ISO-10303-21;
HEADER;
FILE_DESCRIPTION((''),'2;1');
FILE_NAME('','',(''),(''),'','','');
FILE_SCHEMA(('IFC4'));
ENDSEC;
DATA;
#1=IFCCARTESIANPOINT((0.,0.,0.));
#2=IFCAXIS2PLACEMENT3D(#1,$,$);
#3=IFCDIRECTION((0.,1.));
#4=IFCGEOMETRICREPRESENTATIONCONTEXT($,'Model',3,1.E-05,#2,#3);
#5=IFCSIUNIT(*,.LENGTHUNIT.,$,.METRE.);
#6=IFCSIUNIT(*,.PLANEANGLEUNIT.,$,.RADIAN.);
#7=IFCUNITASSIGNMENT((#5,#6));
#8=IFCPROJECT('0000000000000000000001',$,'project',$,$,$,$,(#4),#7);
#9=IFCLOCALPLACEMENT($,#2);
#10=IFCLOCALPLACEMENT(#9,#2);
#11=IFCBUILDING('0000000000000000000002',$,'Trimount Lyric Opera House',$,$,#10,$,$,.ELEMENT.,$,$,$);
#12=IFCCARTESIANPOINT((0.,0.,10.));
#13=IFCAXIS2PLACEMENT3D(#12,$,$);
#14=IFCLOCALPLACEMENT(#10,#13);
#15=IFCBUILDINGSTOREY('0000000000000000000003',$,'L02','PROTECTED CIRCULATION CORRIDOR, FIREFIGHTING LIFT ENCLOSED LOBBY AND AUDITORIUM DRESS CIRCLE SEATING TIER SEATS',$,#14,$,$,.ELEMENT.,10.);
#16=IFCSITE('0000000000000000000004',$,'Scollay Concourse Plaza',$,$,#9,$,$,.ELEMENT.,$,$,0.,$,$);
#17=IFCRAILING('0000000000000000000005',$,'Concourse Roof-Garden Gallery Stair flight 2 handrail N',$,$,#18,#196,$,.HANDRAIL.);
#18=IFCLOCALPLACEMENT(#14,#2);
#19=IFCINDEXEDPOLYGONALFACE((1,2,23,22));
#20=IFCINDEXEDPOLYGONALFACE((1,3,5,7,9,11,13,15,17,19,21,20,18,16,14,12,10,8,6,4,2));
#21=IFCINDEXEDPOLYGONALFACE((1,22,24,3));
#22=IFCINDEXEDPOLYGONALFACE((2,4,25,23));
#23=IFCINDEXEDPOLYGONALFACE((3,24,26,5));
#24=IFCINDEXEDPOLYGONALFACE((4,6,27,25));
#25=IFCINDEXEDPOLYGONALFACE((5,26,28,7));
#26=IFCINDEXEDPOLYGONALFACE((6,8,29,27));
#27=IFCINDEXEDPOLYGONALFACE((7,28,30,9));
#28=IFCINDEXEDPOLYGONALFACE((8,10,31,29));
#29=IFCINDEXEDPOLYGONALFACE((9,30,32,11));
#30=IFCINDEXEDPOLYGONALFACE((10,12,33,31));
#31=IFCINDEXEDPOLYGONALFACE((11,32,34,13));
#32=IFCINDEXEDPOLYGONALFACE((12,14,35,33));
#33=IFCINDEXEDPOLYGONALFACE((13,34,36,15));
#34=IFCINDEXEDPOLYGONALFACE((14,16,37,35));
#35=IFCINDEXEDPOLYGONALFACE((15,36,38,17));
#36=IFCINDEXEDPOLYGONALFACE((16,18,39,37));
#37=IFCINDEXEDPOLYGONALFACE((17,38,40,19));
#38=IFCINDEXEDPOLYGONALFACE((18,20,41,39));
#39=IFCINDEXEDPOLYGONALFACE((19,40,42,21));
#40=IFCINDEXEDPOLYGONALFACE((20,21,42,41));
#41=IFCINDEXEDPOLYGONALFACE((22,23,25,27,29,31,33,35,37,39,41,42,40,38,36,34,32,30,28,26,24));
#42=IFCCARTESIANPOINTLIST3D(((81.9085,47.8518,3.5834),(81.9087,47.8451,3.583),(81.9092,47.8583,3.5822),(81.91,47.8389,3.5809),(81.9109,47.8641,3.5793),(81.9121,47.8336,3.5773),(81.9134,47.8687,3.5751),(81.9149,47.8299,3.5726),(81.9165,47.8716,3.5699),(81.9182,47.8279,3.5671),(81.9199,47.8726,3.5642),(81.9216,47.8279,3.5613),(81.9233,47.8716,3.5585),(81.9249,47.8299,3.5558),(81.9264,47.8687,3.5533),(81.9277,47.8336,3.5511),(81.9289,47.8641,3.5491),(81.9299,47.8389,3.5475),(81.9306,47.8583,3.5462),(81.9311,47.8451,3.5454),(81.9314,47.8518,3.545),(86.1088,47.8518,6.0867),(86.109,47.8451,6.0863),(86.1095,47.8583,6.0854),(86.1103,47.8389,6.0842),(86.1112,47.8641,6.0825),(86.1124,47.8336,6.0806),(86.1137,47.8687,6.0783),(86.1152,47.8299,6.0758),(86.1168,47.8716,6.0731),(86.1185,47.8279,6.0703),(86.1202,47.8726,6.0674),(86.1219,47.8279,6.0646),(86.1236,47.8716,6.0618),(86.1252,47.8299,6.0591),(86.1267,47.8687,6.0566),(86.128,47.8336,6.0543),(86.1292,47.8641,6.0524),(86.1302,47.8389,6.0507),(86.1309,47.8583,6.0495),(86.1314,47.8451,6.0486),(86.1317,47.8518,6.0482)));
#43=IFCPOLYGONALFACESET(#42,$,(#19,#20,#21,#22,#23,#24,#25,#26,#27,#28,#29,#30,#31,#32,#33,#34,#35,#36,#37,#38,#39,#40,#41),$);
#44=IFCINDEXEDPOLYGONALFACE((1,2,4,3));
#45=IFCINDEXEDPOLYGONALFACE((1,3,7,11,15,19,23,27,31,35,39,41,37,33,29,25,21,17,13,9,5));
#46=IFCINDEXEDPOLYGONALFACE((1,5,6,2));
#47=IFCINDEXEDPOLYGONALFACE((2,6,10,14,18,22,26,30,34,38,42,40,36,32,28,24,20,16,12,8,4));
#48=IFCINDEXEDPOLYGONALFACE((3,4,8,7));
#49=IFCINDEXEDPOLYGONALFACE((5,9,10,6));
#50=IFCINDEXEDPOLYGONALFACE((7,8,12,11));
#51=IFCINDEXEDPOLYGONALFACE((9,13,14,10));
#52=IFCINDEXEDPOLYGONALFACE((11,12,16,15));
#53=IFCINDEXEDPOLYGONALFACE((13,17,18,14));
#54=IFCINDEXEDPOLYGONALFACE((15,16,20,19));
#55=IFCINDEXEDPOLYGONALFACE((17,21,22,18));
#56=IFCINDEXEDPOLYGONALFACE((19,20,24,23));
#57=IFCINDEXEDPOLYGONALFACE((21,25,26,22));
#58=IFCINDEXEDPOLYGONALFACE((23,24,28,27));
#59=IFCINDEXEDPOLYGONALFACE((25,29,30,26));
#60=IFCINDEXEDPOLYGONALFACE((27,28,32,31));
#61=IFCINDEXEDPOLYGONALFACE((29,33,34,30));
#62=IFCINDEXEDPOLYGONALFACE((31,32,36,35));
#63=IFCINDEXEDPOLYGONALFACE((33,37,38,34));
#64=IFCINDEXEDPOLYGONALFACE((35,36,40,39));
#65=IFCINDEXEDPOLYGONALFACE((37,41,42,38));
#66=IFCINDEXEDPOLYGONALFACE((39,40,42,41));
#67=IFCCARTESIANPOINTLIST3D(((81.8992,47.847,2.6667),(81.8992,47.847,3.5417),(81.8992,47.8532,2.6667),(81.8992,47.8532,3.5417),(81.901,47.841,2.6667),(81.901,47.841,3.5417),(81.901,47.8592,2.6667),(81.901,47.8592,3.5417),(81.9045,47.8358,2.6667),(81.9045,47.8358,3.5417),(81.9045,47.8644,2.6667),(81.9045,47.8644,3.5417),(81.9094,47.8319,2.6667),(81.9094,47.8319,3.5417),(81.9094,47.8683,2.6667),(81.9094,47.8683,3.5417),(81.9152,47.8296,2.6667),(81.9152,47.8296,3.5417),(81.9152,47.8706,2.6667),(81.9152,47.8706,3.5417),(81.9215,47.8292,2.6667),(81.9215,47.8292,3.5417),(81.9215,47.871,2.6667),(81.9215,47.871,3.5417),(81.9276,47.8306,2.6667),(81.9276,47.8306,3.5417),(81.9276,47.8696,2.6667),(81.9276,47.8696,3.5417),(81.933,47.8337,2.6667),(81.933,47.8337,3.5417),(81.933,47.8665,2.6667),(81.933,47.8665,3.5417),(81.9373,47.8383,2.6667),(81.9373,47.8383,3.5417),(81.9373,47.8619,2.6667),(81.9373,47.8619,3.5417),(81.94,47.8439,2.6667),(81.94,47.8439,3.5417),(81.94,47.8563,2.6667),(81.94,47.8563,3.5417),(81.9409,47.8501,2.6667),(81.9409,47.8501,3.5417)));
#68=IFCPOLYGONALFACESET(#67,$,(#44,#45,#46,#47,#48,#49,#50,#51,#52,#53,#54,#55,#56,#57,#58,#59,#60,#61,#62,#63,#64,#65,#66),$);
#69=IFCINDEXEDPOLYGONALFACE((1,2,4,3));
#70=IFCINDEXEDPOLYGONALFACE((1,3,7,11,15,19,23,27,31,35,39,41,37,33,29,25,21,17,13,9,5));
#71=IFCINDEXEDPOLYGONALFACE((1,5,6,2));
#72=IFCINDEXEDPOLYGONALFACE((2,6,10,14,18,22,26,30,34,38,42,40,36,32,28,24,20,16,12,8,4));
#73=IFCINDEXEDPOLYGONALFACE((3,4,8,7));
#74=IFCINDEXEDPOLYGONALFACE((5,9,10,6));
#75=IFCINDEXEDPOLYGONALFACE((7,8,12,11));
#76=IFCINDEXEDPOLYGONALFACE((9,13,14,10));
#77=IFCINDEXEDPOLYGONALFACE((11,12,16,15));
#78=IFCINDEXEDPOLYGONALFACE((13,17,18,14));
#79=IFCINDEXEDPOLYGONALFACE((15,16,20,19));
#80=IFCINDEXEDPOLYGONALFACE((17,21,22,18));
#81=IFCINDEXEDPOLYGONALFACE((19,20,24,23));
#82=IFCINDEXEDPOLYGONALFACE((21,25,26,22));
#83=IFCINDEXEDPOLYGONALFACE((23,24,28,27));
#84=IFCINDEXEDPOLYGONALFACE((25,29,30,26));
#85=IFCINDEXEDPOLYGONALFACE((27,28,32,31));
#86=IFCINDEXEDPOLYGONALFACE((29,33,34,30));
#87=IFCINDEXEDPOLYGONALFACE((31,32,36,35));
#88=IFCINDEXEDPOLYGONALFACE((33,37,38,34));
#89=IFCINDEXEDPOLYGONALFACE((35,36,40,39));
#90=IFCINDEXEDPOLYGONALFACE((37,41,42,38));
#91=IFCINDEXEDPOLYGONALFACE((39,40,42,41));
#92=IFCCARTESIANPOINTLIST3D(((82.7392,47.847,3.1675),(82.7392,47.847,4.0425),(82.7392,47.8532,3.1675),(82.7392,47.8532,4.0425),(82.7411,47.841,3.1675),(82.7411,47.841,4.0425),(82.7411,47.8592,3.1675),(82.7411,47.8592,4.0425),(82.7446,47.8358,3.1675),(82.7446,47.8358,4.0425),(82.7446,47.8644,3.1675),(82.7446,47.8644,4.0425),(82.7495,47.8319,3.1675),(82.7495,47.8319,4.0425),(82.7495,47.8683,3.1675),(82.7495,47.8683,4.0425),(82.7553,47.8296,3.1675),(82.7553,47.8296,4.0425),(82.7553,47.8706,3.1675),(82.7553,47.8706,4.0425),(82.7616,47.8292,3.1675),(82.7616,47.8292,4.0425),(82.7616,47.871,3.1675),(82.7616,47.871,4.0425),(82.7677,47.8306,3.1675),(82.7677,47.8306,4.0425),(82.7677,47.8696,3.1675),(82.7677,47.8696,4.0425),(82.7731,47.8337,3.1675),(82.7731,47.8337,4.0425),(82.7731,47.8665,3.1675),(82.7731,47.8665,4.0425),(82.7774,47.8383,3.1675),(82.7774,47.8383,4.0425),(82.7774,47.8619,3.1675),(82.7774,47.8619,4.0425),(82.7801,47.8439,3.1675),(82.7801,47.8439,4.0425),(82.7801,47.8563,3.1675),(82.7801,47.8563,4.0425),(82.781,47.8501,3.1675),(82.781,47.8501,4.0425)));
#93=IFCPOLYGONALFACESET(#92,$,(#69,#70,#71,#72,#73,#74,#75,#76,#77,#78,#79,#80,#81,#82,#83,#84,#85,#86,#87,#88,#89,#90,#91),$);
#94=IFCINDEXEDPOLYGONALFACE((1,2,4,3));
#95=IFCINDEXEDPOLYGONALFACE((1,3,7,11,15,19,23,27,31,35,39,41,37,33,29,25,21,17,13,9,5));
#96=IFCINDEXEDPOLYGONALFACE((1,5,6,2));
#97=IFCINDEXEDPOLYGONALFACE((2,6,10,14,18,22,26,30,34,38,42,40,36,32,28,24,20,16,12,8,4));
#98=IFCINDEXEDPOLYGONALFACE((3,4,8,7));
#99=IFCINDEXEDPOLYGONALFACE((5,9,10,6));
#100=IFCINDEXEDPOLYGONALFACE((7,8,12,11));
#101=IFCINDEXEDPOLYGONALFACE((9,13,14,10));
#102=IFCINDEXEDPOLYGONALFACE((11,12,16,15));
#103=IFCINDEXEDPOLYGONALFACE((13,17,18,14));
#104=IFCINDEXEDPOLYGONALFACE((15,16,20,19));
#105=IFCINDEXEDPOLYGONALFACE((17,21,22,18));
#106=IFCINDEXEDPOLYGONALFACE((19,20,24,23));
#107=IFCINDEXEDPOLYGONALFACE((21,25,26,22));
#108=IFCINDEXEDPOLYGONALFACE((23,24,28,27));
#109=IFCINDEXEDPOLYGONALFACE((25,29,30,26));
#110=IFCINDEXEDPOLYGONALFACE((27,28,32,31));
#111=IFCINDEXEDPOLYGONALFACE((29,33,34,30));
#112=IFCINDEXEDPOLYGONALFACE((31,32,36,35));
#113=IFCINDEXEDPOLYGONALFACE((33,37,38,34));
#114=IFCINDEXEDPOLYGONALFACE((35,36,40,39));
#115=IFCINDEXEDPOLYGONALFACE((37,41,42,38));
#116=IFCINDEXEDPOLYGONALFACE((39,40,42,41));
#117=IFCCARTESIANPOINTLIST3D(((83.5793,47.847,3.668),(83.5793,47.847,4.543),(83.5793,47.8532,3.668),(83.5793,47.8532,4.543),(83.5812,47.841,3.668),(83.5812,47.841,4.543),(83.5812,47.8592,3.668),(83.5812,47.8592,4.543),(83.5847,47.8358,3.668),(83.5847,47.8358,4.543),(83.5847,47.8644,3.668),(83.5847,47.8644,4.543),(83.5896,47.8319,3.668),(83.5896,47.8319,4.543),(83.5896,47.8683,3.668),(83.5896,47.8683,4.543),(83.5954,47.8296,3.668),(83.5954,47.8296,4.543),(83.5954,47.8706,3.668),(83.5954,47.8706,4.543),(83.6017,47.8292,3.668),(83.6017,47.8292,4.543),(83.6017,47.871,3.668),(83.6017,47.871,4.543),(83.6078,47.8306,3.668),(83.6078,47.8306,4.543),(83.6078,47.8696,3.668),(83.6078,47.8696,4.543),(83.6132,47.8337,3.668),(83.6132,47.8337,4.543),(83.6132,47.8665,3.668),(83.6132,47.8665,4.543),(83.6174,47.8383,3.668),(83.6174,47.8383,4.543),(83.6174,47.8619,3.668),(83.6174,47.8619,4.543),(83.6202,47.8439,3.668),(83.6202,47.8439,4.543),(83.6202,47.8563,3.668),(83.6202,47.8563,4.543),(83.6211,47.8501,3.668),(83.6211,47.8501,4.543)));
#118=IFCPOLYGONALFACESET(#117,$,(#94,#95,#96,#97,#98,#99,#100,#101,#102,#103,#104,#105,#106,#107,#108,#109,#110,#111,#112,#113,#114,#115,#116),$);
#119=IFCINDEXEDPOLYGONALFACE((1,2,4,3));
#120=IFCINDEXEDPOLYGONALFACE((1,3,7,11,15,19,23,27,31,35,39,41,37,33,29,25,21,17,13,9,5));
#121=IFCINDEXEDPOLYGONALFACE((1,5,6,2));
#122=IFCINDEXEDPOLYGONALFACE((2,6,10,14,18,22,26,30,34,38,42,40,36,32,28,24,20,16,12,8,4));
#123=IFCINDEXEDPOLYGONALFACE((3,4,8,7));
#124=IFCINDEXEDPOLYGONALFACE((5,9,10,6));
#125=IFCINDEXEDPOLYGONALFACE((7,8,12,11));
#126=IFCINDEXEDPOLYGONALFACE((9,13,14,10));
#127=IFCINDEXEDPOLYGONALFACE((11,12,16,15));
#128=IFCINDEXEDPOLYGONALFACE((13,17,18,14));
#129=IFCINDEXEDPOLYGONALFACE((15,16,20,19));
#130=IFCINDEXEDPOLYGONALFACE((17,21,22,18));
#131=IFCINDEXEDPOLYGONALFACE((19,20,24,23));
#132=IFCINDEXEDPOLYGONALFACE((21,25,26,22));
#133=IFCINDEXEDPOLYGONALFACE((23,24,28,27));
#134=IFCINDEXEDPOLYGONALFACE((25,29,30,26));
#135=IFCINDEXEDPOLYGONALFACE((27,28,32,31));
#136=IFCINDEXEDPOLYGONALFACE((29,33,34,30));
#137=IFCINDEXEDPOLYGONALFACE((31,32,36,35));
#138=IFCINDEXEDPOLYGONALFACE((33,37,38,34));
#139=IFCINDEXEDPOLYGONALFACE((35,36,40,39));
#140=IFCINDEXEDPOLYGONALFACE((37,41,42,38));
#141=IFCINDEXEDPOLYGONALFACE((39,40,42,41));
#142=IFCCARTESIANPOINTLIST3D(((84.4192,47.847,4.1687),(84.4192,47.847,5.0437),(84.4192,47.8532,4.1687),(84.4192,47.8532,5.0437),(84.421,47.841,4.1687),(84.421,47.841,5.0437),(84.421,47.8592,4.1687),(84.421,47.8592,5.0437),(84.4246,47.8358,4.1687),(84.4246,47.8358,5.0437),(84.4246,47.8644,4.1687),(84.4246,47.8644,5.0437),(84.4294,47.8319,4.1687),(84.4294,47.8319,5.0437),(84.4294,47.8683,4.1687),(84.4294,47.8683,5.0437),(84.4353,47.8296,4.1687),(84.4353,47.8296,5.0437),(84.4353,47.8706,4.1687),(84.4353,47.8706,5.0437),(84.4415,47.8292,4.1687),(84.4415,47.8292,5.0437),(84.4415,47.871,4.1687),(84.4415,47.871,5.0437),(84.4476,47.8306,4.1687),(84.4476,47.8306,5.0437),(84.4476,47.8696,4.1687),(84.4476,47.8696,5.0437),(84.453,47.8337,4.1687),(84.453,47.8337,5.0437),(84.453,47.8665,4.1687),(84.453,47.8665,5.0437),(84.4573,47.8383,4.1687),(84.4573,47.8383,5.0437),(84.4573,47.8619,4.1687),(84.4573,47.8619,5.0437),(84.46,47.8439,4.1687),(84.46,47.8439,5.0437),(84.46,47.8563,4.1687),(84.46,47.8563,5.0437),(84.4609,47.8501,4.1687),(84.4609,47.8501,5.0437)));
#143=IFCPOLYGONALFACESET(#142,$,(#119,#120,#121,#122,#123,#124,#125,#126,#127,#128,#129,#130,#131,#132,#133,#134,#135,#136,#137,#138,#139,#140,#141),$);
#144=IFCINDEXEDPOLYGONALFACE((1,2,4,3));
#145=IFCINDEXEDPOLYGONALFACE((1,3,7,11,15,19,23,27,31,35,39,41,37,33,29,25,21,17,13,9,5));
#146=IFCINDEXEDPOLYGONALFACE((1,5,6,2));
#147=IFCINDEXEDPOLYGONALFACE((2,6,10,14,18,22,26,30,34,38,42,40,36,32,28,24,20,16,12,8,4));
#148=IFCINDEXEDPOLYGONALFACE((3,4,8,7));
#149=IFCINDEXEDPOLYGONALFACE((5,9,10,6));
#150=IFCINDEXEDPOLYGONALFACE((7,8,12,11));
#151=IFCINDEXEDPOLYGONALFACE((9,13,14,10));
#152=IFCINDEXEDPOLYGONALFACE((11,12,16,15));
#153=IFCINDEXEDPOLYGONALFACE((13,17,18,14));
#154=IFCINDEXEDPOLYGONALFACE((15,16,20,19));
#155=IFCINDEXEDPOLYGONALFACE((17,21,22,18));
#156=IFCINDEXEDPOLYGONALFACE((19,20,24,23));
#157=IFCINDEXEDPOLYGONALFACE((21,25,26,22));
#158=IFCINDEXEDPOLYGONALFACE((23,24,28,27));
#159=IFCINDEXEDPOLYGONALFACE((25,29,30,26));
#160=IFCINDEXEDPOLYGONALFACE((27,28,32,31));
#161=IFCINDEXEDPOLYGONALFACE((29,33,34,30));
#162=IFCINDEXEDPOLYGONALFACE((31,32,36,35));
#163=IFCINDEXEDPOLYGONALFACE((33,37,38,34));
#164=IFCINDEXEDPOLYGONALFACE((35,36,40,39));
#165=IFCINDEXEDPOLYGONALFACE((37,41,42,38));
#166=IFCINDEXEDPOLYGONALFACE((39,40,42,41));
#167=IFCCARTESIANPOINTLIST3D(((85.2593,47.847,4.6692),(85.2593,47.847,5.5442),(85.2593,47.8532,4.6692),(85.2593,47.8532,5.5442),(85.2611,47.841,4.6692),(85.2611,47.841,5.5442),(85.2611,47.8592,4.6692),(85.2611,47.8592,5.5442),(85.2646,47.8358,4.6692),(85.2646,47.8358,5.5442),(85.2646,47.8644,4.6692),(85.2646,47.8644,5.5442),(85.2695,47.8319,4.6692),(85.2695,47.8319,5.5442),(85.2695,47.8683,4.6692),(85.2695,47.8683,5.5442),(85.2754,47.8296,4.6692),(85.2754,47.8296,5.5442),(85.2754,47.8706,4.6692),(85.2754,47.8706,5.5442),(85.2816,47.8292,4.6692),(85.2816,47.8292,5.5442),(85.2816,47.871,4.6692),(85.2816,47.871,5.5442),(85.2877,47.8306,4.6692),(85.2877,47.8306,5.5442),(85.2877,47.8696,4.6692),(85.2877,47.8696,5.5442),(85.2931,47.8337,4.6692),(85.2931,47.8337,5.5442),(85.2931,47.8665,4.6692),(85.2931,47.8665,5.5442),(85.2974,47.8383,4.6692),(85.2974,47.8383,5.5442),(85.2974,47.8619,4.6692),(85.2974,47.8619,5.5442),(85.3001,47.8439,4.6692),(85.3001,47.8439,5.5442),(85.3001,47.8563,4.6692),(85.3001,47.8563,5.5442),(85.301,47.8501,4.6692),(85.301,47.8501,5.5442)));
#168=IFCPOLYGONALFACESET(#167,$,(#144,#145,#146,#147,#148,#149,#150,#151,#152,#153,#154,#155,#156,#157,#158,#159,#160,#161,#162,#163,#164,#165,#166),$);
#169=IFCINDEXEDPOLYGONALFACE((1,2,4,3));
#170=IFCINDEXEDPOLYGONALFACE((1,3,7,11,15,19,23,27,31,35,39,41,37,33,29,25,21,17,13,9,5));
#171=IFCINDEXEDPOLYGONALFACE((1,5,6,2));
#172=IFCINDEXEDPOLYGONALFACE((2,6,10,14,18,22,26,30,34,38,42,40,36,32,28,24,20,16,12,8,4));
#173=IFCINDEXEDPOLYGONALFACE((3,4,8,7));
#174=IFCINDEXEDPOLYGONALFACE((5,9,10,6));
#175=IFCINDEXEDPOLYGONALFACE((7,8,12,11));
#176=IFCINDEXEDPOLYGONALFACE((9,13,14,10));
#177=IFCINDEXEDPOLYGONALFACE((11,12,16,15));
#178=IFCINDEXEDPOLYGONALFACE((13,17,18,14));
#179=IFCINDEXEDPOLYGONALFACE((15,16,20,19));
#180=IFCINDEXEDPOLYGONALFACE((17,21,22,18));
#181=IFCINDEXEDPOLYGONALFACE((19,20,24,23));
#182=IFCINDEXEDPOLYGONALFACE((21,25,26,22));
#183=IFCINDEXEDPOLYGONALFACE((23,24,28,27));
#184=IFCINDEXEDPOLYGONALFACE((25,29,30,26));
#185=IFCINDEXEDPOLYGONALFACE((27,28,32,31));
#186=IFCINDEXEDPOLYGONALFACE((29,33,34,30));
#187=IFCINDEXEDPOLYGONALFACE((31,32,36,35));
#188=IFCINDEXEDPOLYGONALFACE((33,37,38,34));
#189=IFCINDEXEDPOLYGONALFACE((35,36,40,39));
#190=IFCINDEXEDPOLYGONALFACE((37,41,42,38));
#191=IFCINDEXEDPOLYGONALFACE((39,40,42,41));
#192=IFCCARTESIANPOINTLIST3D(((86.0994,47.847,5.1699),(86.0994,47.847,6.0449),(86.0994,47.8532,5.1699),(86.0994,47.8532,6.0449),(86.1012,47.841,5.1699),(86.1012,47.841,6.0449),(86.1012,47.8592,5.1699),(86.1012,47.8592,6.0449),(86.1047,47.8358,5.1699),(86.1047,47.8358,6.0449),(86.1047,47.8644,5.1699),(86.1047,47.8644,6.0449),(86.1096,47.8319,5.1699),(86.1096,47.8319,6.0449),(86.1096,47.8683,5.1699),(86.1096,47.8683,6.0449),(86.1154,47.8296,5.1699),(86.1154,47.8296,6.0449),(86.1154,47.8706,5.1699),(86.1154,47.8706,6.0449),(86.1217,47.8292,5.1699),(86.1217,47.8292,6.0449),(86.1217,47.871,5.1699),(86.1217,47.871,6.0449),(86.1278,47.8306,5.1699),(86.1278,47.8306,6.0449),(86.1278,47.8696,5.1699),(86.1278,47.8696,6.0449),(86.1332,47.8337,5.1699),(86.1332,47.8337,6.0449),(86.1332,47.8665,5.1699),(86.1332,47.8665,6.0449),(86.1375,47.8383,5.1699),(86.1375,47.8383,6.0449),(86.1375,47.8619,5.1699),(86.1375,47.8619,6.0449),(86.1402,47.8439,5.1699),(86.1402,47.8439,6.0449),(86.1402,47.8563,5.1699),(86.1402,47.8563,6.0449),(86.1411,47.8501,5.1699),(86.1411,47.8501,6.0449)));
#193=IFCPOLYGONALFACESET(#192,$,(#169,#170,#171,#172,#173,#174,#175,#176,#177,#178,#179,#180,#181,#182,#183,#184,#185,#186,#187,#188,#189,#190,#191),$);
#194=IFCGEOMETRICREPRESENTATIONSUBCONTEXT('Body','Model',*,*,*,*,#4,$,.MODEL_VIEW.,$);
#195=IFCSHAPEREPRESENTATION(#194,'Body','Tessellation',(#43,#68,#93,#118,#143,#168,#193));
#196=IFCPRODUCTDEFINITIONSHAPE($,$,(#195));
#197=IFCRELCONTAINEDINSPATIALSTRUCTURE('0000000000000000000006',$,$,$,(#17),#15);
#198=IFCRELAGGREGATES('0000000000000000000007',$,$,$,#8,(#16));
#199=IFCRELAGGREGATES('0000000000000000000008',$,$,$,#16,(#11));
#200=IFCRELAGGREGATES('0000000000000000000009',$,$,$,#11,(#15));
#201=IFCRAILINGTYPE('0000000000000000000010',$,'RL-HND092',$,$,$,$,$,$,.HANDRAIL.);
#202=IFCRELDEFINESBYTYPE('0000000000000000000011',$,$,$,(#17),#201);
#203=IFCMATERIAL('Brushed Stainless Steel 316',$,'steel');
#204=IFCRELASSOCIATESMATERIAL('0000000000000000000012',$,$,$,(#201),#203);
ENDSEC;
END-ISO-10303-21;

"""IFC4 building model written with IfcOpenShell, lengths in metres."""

from ifc_helpers import new_model, si_unit, direction, frame, origin, origin_2d, place, context, subcontext, project, spatial, circle, extrude, material, type_object, element, save


model = new_model("IFC4")

# Units and contexts
model_context = context("Model", 3, precision=1e-05, world=origin(), true_north=direction((0.0, 1.0)))
body_context = subcontext(model_context, "Body", "Model", "MODEL_VIEW")
ifc_project = project(units=[si_unit("LENGTHUNIT", "METRE"), si_unit("PLANEANGLEUNIT", "RADIAN")], contexts=[model_context])

# Site, building, storey
site_placement = place(None, origin())
site = spatial("IfcSite", under=ifc_project, at=site_placement, Name="Scollay Concourse Plaza", CompositionType="ELEMENT", RefElevation=0.0)
building_placement = place(site_placement, origin())
building = spatial("IfcBuilding", under=site, at=building_placement, Name="Trimount Lyric Opera House", CompositionType="ELEMENT")
storey_placement = place(building_placement, frame((0.0, 0.0, 10.0)))
storey = spatial("IfcBuildingStorey", under=building, at=storey_placement, Name="L02", Description="PROTECTED CIRCULATION CORRIDOR, FIREFIGHTING LIFT ENCLOSED LOBBY AND AUDITORIUM DRESS CIRCLE SEATING TIER SEATS", CompositionType="ELEMENT", Elevation=10.0)

# Railing
ifc_material_1 = material(Name="Brushed Stainless Steel 316", Category="steel")
railing_type_1 = type_object("IfcRailingType", Name="RL-HND092", PredefinedType="HANDRAIL", material=ifc_material_1)
railing_1_placement = place(storey_placement, frame((81.9199, 47.8501, 2.6667)))
element("IfcRailing", 1, at=railing_1_placement, inside=storey, type_object=railing_type_1, Name="Concourse Roof-Garden Gallery Stair flight 2 handrail N", PredefinedType="HANDRAIL", context=body_context, shape_type="SweptSolid", body=[
    extrude(circle(Radius=0.0225, at=origin_2d()), frame((0.0, 0.0, 0.8975), z_axis=(0.859018, 0.0, 0.511946), x_axis=(0.0, 1.0, 0.0)), (0.0, 0.0, 1.0), 4.8896),
    extrude(circle(Radius=0.021, at=origin_2d()), origin(), (0.0, 0.0, 1.0), 0.875),
    extrude(circle(Radius=0.021, at=origin_2d()), frame((0.8401, 0.0, 0.5007)), (0.0, 0.0, 1.0), 0.875),
    extrude(circle(Radius=0.021, at=origin_2d()), frame((1.6802, 0.0, 1.0012)), (0.0, 0.0, 1.0), 0.875),
    extrude(circle(Radius=0.021, at=origin_2d()), frame((2.52, 0.0, 1.502)), (0.0, 0.0, 1.0), 0.875),
    extrude(circle(Radius=0.021, at=origin_2d()), frame((3.3601, 0.0, 2.0024)), (0.0, 0.0, 1.0), 0.875),
    extrude(circle(Radius=0.021, at=origin_2d()), frame((4.2002, 0.0, 2.5032)), (0.0, 0.0, 1.0), 0.875),
])

save(model, "model.ifc")
